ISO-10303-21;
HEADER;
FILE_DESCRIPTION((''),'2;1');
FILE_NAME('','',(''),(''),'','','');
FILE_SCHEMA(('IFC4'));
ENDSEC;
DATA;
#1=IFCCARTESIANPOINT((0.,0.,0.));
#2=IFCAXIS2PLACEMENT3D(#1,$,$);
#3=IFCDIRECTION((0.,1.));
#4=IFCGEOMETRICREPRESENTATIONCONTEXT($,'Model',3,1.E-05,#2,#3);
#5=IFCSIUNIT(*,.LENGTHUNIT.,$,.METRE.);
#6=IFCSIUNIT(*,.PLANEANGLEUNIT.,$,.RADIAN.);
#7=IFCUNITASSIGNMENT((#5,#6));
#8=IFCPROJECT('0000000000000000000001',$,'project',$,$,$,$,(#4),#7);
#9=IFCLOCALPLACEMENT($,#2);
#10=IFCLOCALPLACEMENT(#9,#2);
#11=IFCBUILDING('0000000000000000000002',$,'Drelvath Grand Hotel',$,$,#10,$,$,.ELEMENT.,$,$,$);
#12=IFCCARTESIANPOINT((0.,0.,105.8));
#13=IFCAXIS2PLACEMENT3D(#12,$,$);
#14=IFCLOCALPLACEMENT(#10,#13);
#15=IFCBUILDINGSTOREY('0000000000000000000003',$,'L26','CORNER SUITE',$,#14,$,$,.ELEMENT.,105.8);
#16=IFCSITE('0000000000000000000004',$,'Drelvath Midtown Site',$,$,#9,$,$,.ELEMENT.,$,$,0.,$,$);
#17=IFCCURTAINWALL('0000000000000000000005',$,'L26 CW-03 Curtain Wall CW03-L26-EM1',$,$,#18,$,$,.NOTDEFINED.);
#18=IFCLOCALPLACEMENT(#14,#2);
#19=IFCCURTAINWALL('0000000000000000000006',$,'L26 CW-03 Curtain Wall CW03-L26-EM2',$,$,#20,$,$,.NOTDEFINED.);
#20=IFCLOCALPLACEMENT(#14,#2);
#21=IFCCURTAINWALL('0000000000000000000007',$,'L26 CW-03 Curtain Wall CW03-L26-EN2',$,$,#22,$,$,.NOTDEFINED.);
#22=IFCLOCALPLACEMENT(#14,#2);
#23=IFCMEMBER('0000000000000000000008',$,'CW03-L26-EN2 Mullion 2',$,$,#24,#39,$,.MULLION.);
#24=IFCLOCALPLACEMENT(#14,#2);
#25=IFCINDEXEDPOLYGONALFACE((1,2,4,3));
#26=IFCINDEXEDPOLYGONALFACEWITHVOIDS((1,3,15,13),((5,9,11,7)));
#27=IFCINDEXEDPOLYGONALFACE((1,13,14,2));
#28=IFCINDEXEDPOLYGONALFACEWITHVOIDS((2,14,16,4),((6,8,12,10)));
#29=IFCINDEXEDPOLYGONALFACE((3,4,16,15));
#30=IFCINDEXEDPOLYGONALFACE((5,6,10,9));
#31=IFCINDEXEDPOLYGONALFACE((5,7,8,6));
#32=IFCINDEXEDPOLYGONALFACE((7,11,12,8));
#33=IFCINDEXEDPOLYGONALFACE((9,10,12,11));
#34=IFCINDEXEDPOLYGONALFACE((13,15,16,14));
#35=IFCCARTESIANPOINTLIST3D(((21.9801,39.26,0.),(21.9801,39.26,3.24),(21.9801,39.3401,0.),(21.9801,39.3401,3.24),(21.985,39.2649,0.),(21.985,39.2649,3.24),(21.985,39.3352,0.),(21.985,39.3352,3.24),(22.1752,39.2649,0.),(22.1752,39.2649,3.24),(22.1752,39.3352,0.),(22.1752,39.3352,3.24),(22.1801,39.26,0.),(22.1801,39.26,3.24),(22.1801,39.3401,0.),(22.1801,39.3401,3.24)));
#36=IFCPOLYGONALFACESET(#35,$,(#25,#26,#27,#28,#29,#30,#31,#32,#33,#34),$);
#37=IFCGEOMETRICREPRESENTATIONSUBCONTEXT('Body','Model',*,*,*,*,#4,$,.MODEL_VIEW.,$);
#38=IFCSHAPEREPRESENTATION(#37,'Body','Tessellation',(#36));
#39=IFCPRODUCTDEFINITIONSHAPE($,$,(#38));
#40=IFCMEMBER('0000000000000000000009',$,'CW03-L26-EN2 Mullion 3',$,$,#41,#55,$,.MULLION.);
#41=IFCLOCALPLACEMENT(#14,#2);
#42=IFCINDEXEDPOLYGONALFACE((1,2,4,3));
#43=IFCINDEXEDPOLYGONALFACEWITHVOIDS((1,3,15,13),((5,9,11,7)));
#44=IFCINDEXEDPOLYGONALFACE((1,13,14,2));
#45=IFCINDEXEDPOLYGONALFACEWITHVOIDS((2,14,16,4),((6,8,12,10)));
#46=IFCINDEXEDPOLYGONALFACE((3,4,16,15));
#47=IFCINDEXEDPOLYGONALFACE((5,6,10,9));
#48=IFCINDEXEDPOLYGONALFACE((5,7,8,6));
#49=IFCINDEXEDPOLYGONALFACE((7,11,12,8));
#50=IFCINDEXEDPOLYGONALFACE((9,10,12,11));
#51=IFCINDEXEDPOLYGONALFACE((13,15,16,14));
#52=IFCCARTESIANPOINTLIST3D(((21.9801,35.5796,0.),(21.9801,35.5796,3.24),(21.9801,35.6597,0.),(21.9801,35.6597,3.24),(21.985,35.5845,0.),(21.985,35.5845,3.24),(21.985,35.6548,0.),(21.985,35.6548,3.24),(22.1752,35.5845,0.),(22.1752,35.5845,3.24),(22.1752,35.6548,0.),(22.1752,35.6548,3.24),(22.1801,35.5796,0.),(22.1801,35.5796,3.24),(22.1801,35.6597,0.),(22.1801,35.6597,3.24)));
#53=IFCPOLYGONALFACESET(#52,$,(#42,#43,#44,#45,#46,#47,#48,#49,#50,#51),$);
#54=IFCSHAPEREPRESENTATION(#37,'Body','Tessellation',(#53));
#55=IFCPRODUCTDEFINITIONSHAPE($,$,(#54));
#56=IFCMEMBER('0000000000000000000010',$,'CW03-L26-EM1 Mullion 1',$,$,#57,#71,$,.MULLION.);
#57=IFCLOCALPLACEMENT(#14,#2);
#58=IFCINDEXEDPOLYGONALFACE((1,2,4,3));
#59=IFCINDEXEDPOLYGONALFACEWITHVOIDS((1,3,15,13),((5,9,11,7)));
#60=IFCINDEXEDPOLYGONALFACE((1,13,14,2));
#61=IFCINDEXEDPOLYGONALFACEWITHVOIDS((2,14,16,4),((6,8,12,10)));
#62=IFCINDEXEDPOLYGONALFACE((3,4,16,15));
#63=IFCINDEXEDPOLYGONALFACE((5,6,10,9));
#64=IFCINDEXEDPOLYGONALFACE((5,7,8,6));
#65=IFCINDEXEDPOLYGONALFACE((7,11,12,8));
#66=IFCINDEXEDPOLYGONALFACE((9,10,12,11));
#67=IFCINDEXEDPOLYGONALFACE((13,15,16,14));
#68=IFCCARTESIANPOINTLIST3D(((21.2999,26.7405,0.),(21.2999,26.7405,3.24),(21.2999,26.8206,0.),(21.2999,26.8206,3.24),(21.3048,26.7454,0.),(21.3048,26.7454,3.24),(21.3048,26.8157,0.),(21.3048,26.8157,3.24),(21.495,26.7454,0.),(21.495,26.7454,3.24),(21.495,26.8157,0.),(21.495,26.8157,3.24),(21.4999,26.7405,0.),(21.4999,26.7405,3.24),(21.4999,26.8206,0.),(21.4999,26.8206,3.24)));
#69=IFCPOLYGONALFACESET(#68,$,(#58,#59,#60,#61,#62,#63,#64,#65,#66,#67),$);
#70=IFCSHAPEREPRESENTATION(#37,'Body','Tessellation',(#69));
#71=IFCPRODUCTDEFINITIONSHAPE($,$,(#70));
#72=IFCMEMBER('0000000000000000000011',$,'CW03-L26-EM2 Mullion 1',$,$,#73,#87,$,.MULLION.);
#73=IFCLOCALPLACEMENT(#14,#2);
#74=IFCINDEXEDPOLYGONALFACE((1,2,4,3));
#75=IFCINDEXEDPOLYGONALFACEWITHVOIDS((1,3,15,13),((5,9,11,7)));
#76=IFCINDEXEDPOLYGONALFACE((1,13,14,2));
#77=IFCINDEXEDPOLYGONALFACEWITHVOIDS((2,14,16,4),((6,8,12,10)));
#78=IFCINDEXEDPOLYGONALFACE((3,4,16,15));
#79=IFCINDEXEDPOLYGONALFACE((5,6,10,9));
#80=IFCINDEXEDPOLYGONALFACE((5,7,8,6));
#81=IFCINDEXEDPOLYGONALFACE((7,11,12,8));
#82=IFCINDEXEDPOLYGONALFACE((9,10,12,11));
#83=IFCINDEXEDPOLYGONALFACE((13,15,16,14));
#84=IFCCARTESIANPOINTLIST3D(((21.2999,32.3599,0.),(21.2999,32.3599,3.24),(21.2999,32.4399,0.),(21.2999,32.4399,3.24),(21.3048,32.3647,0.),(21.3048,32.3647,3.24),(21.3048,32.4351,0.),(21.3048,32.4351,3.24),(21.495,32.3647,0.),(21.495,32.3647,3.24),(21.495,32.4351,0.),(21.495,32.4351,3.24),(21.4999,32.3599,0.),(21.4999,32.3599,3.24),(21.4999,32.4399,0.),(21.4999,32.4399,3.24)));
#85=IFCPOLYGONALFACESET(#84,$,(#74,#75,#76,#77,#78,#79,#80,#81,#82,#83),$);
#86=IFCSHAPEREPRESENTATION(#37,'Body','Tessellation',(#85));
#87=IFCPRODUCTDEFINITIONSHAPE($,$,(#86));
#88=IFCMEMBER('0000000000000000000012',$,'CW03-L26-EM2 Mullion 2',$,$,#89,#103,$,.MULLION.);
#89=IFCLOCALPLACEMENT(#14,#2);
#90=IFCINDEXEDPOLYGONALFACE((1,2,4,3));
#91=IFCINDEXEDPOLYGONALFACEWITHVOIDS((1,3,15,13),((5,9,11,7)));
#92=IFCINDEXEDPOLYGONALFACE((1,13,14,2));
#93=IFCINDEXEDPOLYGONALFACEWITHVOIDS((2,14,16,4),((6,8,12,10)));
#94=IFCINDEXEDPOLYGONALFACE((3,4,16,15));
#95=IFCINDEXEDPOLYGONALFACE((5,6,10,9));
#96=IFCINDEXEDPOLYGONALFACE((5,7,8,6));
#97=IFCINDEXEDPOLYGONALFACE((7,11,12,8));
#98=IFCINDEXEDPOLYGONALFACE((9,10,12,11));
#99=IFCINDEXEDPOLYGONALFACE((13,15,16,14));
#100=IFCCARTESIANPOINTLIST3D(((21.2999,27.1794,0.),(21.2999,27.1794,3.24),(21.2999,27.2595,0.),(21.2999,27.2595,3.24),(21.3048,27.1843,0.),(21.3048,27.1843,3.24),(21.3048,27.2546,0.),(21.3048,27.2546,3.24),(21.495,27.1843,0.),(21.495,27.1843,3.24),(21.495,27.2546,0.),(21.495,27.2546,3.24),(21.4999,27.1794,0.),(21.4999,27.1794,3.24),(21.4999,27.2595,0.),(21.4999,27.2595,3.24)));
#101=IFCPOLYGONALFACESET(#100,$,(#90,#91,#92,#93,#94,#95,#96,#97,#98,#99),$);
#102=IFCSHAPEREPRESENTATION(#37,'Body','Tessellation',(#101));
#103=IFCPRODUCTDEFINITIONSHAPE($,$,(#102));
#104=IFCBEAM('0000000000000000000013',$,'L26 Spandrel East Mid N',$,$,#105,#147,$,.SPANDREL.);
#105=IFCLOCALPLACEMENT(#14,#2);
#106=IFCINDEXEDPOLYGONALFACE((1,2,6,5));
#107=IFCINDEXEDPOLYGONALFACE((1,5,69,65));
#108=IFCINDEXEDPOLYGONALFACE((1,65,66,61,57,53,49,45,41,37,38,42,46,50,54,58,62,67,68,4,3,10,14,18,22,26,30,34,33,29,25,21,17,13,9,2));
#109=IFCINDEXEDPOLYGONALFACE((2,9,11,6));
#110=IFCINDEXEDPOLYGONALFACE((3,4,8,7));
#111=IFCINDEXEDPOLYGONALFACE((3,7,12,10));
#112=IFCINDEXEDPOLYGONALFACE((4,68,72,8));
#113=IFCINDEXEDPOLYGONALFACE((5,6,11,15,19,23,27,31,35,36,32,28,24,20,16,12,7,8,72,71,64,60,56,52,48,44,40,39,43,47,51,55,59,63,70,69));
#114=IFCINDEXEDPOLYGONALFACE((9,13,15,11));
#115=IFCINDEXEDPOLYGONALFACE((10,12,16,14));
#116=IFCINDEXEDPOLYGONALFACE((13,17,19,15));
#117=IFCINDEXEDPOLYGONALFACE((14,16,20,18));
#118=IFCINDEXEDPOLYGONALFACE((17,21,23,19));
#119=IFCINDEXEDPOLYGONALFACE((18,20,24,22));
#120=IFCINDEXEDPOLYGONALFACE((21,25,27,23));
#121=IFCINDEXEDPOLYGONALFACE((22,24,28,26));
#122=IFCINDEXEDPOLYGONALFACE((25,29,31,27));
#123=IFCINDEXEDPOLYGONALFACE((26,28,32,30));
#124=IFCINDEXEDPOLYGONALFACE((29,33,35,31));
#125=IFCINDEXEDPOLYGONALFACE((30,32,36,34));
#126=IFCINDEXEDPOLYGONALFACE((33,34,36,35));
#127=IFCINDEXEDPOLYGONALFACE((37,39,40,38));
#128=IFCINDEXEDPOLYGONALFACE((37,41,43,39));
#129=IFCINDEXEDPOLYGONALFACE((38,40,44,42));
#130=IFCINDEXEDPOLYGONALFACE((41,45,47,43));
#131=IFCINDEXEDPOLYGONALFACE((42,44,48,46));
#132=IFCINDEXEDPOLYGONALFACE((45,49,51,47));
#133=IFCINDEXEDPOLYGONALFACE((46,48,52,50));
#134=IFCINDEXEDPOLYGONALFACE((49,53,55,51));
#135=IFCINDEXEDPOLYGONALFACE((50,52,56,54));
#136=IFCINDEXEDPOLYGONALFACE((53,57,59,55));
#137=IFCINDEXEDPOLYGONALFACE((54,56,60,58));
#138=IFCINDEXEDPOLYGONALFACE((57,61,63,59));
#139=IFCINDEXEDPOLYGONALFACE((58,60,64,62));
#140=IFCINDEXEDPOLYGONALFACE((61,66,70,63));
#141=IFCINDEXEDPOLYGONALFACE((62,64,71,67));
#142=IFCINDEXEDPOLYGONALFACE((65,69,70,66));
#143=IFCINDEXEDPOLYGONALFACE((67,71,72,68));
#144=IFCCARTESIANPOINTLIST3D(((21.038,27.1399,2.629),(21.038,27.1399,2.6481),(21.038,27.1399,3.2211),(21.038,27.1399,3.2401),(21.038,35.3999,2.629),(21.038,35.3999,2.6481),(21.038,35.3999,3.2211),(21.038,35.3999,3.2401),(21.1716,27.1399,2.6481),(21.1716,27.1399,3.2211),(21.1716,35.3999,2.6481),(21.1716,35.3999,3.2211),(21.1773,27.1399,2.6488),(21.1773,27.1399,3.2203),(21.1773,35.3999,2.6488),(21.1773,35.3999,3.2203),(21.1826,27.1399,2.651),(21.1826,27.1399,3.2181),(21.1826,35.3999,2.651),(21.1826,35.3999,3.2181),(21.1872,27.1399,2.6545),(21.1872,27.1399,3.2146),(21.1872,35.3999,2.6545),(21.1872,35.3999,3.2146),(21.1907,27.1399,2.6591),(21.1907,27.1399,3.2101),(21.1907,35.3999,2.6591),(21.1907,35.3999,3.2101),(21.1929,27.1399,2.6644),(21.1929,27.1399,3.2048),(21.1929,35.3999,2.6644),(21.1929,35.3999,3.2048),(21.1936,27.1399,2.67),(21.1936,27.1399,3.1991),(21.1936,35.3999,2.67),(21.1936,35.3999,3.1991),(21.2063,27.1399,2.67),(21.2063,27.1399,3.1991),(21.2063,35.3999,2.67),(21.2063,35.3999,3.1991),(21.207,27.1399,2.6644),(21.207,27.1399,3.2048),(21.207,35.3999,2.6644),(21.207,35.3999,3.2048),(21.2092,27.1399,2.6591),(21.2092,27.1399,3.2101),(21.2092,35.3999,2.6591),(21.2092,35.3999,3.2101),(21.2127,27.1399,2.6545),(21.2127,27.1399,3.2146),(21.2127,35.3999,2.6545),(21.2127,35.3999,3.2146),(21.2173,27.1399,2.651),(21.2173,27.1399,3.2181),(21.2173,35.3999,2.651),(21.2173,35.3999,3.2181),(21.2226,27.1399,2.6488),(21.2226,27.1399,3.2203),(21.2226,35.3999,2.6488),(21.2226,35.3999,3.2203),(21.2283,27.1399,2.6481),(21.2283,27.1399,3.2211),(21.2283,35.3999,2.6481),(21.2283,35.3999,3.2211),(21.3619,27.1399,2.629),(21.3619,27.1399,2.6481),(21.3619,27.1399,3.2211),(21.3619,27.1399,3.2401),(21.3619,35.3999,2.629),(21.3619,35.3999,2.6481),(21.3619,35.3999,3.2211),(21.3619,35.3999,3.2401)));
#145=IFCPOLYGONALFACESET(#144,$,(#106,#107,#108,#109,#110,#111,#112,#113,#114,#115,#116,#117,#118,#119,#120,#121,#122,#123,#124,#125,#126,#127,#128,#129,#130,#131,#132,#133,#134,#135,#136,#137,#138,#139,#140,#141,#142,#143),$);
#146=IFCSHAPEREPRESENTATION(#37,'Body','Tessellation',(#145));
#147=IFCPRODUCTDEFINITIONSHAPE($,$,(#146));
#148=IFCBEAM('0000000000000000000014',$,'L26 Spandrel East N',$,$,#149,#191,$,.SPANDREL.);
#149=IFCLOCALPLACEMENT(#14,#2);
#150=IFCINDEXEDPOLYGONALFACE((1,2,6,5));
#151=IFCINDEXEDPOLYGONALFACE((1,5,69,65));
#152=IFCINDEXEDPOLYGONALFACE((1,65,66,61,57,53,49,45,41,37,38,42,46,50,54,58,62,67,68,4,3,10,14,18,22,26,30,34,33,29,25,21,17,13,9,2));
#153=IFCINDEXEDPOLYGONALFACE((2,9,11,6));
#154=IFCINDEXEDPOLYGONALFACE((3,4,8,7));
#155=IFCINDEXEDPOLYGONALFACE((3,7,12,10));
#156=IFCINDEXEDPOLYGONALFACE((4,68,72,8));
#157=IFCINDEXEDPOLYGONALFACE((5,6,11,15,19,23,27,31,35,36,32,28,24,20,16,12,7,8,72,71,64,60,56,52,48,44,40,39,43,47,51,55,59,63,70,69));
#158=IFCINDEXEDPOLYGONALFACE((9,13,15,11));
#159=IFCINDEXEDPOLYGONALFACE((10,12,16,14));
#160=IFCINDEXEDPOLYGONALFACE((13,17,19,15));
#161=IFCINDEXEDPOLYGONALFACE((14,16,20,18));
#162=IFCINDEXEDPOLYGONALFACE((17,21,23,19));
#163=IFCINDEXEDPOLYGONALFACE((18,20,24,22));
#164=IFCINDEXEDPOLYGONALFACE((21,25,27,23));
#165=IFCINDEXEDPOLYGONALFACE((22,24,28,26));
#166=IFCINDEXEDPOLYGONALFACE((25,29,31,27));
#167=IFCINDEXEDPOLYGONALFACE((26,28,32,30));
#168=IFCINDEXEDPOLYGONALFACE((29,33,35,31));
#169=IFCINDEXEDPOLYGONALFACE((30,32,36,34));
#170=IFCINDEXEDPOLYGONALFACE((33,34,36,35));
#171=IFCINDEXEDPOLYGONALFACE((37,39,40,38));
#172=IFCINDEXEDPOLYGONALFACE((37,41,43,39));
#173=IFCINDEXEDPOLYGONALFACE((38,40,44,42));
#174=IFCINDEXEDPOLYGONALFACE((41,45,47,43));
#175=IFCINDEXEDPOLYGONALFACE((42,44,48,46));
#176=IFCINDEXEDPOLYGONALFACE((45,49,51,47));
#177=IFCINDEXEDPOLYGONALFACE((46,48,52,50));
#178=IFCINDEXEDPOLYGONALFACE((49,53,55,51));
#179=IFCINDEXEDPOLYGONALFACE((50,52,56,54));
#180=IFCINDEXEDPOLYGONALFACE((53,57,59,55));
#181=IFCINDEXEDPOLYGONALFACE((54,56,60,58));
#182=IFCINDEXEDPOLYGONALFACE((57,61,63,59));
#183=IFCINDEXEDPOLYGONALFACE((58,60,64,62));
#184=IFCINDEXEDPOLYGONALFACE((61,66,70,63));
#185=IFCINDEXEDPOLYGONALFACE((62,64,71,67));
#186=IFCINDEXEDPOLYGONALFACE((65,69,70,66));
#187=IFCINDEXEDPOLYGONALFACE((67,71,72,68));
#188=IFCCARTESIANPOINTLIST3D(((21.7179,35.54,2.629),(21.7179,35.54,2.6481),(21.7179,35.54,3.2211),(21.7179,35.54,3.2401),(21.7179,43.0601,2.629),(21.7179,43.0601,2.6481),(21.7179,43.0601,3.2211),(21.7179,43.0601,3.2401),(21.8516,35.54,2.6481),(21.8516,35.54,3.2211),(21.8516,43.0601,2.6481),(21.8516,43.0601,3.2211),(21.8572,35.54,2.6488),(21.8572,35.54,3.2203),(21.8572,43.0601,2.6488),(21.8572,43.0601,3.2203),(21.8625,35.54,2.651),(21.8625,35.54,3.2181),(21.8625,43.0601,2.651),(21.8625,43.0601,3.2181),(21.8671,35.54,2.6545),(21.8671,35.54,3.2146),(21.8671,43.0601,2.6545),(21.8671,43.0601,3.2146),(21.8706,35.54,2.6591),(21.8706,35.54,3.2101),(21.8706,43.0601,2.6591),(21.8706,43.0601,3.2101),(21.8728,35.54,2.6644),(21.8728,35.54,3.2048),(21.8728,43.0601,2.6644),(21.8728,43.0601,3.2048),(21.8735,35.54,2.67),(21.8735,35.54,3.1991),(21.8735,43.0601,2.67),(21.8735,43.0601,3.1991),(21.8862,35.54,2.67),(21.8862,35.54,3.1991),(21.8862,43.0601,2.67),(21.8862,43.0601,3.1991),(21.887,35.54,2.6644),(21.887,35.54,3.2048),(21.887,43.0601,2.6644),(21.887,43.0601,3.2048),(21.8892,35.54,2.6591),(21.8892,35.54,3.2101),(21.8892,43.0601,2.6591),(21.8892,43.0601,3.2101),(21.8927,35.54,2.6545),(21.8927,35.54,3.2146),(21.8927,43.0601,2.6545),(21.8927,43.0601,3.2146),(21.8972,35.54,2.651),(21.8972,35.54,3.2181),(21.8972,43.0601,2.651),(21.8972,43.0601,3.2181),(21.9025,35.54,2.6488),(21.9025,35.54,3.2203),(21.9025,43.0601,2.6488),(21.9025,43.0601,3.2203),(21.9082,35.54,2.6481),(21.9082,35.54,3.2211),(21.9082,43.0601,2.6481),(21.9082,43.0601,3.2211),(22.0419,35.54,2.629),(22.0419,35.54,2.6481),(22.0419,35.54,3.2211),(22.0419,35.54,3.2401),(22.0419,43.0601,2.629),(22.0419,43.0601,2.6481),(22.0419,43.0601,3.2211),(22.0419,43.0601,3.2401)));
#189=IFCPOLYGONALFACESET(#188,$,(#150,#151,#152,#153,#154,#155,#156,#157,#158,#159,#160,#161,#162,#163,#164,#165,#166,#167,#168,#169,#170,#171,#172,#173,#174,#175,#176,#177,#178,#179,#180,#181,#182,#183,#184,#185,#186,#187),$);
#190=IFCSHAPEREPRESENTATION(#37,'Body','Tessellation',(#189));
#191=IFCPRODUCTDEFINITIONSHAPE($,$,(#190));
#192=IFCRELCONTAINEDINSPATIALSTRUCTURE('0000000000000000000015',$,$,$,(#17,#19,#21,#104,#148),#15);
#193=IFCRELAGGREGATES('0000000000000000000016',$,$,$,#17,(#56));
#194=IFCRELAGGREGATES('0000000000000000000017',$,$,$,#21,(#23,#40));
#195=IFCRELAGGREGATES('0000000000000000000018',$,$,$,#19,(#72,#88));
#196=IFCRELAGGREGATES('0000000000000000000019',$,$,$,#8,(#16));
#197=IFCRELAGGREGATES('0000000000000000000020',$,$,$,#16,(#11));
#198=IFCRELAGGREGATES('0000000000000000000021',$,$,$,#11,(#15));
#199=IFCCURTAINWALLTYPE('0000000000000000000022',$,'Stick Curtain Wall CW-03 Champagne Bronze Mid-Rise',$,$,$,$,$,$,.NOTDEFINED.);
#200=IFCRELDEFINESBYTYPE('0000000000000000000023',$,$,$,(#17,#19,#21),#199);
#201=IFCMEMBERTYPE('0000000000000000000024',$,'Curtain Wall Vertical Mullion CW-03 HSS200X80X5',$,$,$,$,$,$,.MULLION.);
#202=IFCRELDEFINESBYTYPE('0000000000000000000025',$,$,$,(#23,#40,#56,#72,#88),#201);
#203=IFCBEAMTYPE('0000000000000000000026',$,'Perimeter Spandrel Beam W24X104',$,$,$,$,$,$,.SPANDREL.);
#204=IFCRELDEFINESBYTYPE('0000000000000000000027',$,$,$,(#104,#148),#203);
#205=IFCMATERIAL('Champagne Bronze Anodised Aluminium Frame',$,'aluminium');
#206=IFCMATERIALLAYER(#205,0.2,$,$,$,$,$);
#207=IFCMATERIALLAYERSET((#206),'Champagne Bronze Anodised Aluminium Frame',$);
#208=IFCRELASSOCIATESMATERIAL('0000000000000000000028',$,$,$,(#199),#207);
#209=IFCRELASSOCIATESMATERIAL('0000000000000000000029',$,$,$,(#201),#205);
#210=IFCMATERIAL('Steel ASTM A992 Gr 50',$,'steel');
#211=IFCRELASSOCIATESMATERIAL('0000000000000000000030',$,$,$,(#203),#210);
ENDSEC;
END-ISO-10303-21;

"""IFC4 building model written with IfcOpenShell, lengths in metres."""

from ifc_helpers import new_model, si_unit, direction, frame, origin, origin_2d, place, context, subcontext, project, spatial, hollow_rectangle, i_section, extrude, material, layer, layer_set, material_profile, profile_set, type_object, element, aggregate, save


model = new_model("IFC4")

# Units and contexts
model_context = context("Model", 3, precision=1e-05, world=origin(), true_north=direction((0.0, 1.0)))
body_context = subcontext(model_context, "Body", "Model", "MODEL_VIEW")
ifc_project = project(units=[si_unit("LENGTHUNIT", "METRE"), si_unit("PLANEANGLEUNIT", "RADIAN")], contexts=[model_context])

# Site, building, storey
site_placement = place(None, origin())
site = spatial("IfcSite", under=ifc_project, at=site_placement, Name="Drelvath Midtown Site", CompositionType="ELEMENT", RefElevation=0.0)
building_placement = place(site_placement, origin())
building = spatial("IfcBuilding", under=site, at=building_placement, Name="Drelvath Grand Hotel", CompositionType="ELEMENT")
storey_placement = place(building_placement, frame((0.0, 0.0, 105.8)))
storey = spatial("IfcBuildingStorey", under=building, at=storey_placement, Name="L26", Description="CORNER SUITE", CompositionType="ELEMENT", Elevation=105.8)

# Curtain walls
ifc_material_1 = material(Name="Champagne Bronze Anodised Aluminium Frame", Category="aluminium")
ifc_layer_1 = layer(ifc_material_1, 0.2)
ifc_layer_set_1 = layer_set([ifc_layer_1], Name="Champagne Bronze Anodised Aluminium Frame")
curtain_wall_type = type_object("IfcCurtainWallType", Name="Stick Curtain Wall CW-03 Champagne Bronze Mid-Rise", PredefinedType="NOTDEFINED", material=ifc_layer_set_1)
curtain_wall_1_placement = place(storey_placement, origin())
curtain_wall_1 = element("IfcCurtainWall", 1, at=curtain_wall_1_placement, inside=storey, type_object=curtain_wall_type, Name="L26 CW-03 Curtain Wall CW03-L26-EM1", PredefinedType="NOTDEFINED")
curtain_wall_2_placement = place(storey_placement, origin())
curtain_wall_2 = element("IfcCurtainWall", 2, at=curtain_wall_2_placement, inside=storey, type_object=curtain_wall_type, Name="L26 CW-03 Curtain Wall CW03-L26-EM2", PredefinedType="NOTDEFINED")

# Shared definitions
ifc_material_profile_1 = material_profile(ifc_material_1, hollow_rectangle(XDim=0.0801, YDim=0.2, WallThickness=0.0049, at=origin_2d()), Name="HSS200X80X5")
ifc_profile_set_1 = profile_set([ifc_material_profile_1], Name="Champagne Bronze Anodised Aluminium Frame")
member_type_1 = type_object("IfcMemberType", Name="Curtain Wall Vertical Mullion CW-03 HSS200X80X5", PredefinedType="MULLION", material=ifc_profile_set_1)

# Curtain wall, members
curtain_wall_3_placement = place(storey_placement, origin())
curtain_wall_3 = element("IfcCurtainWall", 3, at=curtain_wall_3_placement, inside=storey, type_object=curtain_wall_type, Name="L26 CW-03 Curtain Wall CW03-L26-EN2", PredefinedType="NOTDEFINED")
member_1_placement = place(storey_placement, frame((22.0801, 39.3, 0.0), z_axis=(0.0, 0.0, 1.0), x_axis=(0.0, 1.0, 0.0)))
member_1 = element("IfcMember", 4, at=member_1_placement, type_object=member_type_1, Name="CW03-L26-EN2 Mullion 2", PredefinedType="MULLION", context=body_context, shape_type="SweptSolid", body=[
    extrude(hollow_rectangle(XDim=0.0801, YDim=0.2, WallThickness=0.0049, at=origin_2d()), origin(), (0.0, 0.0, 1.0), 3.24),
])
member_2_placement = place(storey_placement, frame((22.0801, 35.6196, 0.0), z_axis=(0.0, 0.0, 1.0), x_axis=(0.0, 1.0, 0.0)))
member_2 = element("IfcMember", 5, at=member_2_placement, type_object=member_type_1, Name="CW03-L26-EN2 Mullion 3", PredefinedType="MULLION", context=body_context, shape_type="SweptSolid", body=[
    extrude(hollow_rectangle(XDim=0.0801, YDim=0.2, WallThickness=0.0049, at=origin_2d()), origin(), (0.0, 0.0, 1.0), 3.24),
])

# Members
member_3_placement = place(storey_placement, frame((21.3999, 26.7805, 0.0), z_axis=(0.0, 0.0, 1.0), x_axis=(0.0, 1.0, 0.0)))
member_3 = element("IfcMember", 6, at=member_3_placement, type_object=member_type_1, Name="CW03-L26-EM1 Mullion 1", PredefinedType="MULLION", context=body_context, shape_type="SweptSolid", body=[
    extrude(hollow_rectangle(XDim=0.0801, YDim=0.2, WallThickness=0.0049, at=origin_2d()), origin(), (0.0, 0.0, 1.0), 3.24),
])
aggregate(curtain_wall_1, [member_3])
member_4_placement = place(storey_placement, frame((21.3999, 32.3999, 0.0), z_axis=(0.0, 0.0, 1.0), x_axis=(0.0, 1.0, 0.0)))
member_4 = element("IfcMember", 7, at=member_4_placement, type_object=member_type_1, Name="CW03-L26-EM2 Mullion 1", PredefinedType="MULLION", context=body_context, shape_type="SweptSolid", body=[
    extrude(hollow_rectangle(XDim=0.0801, YDim=0.2, WallThickness=0.0049, at=origin_2d()), origin(), (0.0, 0.0, 1.0), 3.24),
])
member_5_placement = place(storey_placement, frame((21.3999, 27.2195, 0.0), z_axis=(0.0, 0.0, 1.0), x_axis=(0.0, 1.0, 0.0)))
member_5 = element("IfcMember", 8, at=member_5_placement, type_object=member_type_1, Name="CW03-L26-EM2 Mullion 2", PredefinedType="MULLION", context=body_context, shape_type="SweptSolid", body=[
    extrude(hollow_rectangle(XDim=0.0801, YDim=0.2, WallThickness=0.0049, at=origin_2d()), origin(), (0.0, 0.0, 1.0), 3.24),
])

# Beams
ifc_material_2 = material(Name="Steel ASTM A992 Gr 50", Category="steel")
ifc_material_profile_2 = material_profile(ifc_material_2, i_section(OverallWidth=0.324, OverallDepth=0.6111, WebThickness=0.0127, FlangeThickness=0.019, FilletRadius=0.022, at=origin_2d()), Name="W24X104")
ifc_profile_set_2 = profile_set([ifc_material_profile_2], Name="Steel ASTM A992 Gr 50")
beam_type_1 = type_object("IfcBeamType", Name="Perimeter Spandrel Beam W24X104", PredefinedType="SPANDREL", material=ifc_profile_set_2)
beam_1_placement = place(storey_placement, frame((21.2, 27.1399, 2.9346), z_axis=(0.0, 1.0, 0.0), x_axis=(-1.0, 0.0, 0.0)))
element("IfcBeam", 9, at=beam_1_placement, inside=storey, type_object=beam_type_1, Name="L26 Spandrel East Mid N", PredefinedType="SPANDREL", context=body_context, shape_type="SweptSolid", body=[
    extrude(i_section(OverallWidth=0.324, OverallDepth=0.6111, WebThickness=0.0127, FlangeThickness=0.019, FilletRadius=0.022, at=origin_2d()), origin(), (0.0, 0.0, 1.0), 8.26),
])
beam_2_placement = place(storey_placement, frame((21.8799, 35.54, 2.9346), z_axis=(0.0, 1.0, 0.0), x_axis=(-1.0, 0.0, 0.0)))
element("IfcBeam", 10, at=beam_2_placement, inside=storey, type_object=beam_type_1, Name="L26 Spandrel East N", PredefinedType="SPANDREL", context=body_context, shape_type="SweptSolid", body=[
    extrude(i_section(OverallWidth=0.324, OverallDepth=0.6111, WebThickness=0.0127, FlangeThickness=0.019, FilletRadius=0.022, at=origin_2d()), origin(), (0.0, 0.0, 1.0), 7.52),
])

aggregate(curtain_wall_3, [member_1, member_2])
aggregate(curtain_wall_2, [member_4, member_5])

save(model, "model.ifc")
